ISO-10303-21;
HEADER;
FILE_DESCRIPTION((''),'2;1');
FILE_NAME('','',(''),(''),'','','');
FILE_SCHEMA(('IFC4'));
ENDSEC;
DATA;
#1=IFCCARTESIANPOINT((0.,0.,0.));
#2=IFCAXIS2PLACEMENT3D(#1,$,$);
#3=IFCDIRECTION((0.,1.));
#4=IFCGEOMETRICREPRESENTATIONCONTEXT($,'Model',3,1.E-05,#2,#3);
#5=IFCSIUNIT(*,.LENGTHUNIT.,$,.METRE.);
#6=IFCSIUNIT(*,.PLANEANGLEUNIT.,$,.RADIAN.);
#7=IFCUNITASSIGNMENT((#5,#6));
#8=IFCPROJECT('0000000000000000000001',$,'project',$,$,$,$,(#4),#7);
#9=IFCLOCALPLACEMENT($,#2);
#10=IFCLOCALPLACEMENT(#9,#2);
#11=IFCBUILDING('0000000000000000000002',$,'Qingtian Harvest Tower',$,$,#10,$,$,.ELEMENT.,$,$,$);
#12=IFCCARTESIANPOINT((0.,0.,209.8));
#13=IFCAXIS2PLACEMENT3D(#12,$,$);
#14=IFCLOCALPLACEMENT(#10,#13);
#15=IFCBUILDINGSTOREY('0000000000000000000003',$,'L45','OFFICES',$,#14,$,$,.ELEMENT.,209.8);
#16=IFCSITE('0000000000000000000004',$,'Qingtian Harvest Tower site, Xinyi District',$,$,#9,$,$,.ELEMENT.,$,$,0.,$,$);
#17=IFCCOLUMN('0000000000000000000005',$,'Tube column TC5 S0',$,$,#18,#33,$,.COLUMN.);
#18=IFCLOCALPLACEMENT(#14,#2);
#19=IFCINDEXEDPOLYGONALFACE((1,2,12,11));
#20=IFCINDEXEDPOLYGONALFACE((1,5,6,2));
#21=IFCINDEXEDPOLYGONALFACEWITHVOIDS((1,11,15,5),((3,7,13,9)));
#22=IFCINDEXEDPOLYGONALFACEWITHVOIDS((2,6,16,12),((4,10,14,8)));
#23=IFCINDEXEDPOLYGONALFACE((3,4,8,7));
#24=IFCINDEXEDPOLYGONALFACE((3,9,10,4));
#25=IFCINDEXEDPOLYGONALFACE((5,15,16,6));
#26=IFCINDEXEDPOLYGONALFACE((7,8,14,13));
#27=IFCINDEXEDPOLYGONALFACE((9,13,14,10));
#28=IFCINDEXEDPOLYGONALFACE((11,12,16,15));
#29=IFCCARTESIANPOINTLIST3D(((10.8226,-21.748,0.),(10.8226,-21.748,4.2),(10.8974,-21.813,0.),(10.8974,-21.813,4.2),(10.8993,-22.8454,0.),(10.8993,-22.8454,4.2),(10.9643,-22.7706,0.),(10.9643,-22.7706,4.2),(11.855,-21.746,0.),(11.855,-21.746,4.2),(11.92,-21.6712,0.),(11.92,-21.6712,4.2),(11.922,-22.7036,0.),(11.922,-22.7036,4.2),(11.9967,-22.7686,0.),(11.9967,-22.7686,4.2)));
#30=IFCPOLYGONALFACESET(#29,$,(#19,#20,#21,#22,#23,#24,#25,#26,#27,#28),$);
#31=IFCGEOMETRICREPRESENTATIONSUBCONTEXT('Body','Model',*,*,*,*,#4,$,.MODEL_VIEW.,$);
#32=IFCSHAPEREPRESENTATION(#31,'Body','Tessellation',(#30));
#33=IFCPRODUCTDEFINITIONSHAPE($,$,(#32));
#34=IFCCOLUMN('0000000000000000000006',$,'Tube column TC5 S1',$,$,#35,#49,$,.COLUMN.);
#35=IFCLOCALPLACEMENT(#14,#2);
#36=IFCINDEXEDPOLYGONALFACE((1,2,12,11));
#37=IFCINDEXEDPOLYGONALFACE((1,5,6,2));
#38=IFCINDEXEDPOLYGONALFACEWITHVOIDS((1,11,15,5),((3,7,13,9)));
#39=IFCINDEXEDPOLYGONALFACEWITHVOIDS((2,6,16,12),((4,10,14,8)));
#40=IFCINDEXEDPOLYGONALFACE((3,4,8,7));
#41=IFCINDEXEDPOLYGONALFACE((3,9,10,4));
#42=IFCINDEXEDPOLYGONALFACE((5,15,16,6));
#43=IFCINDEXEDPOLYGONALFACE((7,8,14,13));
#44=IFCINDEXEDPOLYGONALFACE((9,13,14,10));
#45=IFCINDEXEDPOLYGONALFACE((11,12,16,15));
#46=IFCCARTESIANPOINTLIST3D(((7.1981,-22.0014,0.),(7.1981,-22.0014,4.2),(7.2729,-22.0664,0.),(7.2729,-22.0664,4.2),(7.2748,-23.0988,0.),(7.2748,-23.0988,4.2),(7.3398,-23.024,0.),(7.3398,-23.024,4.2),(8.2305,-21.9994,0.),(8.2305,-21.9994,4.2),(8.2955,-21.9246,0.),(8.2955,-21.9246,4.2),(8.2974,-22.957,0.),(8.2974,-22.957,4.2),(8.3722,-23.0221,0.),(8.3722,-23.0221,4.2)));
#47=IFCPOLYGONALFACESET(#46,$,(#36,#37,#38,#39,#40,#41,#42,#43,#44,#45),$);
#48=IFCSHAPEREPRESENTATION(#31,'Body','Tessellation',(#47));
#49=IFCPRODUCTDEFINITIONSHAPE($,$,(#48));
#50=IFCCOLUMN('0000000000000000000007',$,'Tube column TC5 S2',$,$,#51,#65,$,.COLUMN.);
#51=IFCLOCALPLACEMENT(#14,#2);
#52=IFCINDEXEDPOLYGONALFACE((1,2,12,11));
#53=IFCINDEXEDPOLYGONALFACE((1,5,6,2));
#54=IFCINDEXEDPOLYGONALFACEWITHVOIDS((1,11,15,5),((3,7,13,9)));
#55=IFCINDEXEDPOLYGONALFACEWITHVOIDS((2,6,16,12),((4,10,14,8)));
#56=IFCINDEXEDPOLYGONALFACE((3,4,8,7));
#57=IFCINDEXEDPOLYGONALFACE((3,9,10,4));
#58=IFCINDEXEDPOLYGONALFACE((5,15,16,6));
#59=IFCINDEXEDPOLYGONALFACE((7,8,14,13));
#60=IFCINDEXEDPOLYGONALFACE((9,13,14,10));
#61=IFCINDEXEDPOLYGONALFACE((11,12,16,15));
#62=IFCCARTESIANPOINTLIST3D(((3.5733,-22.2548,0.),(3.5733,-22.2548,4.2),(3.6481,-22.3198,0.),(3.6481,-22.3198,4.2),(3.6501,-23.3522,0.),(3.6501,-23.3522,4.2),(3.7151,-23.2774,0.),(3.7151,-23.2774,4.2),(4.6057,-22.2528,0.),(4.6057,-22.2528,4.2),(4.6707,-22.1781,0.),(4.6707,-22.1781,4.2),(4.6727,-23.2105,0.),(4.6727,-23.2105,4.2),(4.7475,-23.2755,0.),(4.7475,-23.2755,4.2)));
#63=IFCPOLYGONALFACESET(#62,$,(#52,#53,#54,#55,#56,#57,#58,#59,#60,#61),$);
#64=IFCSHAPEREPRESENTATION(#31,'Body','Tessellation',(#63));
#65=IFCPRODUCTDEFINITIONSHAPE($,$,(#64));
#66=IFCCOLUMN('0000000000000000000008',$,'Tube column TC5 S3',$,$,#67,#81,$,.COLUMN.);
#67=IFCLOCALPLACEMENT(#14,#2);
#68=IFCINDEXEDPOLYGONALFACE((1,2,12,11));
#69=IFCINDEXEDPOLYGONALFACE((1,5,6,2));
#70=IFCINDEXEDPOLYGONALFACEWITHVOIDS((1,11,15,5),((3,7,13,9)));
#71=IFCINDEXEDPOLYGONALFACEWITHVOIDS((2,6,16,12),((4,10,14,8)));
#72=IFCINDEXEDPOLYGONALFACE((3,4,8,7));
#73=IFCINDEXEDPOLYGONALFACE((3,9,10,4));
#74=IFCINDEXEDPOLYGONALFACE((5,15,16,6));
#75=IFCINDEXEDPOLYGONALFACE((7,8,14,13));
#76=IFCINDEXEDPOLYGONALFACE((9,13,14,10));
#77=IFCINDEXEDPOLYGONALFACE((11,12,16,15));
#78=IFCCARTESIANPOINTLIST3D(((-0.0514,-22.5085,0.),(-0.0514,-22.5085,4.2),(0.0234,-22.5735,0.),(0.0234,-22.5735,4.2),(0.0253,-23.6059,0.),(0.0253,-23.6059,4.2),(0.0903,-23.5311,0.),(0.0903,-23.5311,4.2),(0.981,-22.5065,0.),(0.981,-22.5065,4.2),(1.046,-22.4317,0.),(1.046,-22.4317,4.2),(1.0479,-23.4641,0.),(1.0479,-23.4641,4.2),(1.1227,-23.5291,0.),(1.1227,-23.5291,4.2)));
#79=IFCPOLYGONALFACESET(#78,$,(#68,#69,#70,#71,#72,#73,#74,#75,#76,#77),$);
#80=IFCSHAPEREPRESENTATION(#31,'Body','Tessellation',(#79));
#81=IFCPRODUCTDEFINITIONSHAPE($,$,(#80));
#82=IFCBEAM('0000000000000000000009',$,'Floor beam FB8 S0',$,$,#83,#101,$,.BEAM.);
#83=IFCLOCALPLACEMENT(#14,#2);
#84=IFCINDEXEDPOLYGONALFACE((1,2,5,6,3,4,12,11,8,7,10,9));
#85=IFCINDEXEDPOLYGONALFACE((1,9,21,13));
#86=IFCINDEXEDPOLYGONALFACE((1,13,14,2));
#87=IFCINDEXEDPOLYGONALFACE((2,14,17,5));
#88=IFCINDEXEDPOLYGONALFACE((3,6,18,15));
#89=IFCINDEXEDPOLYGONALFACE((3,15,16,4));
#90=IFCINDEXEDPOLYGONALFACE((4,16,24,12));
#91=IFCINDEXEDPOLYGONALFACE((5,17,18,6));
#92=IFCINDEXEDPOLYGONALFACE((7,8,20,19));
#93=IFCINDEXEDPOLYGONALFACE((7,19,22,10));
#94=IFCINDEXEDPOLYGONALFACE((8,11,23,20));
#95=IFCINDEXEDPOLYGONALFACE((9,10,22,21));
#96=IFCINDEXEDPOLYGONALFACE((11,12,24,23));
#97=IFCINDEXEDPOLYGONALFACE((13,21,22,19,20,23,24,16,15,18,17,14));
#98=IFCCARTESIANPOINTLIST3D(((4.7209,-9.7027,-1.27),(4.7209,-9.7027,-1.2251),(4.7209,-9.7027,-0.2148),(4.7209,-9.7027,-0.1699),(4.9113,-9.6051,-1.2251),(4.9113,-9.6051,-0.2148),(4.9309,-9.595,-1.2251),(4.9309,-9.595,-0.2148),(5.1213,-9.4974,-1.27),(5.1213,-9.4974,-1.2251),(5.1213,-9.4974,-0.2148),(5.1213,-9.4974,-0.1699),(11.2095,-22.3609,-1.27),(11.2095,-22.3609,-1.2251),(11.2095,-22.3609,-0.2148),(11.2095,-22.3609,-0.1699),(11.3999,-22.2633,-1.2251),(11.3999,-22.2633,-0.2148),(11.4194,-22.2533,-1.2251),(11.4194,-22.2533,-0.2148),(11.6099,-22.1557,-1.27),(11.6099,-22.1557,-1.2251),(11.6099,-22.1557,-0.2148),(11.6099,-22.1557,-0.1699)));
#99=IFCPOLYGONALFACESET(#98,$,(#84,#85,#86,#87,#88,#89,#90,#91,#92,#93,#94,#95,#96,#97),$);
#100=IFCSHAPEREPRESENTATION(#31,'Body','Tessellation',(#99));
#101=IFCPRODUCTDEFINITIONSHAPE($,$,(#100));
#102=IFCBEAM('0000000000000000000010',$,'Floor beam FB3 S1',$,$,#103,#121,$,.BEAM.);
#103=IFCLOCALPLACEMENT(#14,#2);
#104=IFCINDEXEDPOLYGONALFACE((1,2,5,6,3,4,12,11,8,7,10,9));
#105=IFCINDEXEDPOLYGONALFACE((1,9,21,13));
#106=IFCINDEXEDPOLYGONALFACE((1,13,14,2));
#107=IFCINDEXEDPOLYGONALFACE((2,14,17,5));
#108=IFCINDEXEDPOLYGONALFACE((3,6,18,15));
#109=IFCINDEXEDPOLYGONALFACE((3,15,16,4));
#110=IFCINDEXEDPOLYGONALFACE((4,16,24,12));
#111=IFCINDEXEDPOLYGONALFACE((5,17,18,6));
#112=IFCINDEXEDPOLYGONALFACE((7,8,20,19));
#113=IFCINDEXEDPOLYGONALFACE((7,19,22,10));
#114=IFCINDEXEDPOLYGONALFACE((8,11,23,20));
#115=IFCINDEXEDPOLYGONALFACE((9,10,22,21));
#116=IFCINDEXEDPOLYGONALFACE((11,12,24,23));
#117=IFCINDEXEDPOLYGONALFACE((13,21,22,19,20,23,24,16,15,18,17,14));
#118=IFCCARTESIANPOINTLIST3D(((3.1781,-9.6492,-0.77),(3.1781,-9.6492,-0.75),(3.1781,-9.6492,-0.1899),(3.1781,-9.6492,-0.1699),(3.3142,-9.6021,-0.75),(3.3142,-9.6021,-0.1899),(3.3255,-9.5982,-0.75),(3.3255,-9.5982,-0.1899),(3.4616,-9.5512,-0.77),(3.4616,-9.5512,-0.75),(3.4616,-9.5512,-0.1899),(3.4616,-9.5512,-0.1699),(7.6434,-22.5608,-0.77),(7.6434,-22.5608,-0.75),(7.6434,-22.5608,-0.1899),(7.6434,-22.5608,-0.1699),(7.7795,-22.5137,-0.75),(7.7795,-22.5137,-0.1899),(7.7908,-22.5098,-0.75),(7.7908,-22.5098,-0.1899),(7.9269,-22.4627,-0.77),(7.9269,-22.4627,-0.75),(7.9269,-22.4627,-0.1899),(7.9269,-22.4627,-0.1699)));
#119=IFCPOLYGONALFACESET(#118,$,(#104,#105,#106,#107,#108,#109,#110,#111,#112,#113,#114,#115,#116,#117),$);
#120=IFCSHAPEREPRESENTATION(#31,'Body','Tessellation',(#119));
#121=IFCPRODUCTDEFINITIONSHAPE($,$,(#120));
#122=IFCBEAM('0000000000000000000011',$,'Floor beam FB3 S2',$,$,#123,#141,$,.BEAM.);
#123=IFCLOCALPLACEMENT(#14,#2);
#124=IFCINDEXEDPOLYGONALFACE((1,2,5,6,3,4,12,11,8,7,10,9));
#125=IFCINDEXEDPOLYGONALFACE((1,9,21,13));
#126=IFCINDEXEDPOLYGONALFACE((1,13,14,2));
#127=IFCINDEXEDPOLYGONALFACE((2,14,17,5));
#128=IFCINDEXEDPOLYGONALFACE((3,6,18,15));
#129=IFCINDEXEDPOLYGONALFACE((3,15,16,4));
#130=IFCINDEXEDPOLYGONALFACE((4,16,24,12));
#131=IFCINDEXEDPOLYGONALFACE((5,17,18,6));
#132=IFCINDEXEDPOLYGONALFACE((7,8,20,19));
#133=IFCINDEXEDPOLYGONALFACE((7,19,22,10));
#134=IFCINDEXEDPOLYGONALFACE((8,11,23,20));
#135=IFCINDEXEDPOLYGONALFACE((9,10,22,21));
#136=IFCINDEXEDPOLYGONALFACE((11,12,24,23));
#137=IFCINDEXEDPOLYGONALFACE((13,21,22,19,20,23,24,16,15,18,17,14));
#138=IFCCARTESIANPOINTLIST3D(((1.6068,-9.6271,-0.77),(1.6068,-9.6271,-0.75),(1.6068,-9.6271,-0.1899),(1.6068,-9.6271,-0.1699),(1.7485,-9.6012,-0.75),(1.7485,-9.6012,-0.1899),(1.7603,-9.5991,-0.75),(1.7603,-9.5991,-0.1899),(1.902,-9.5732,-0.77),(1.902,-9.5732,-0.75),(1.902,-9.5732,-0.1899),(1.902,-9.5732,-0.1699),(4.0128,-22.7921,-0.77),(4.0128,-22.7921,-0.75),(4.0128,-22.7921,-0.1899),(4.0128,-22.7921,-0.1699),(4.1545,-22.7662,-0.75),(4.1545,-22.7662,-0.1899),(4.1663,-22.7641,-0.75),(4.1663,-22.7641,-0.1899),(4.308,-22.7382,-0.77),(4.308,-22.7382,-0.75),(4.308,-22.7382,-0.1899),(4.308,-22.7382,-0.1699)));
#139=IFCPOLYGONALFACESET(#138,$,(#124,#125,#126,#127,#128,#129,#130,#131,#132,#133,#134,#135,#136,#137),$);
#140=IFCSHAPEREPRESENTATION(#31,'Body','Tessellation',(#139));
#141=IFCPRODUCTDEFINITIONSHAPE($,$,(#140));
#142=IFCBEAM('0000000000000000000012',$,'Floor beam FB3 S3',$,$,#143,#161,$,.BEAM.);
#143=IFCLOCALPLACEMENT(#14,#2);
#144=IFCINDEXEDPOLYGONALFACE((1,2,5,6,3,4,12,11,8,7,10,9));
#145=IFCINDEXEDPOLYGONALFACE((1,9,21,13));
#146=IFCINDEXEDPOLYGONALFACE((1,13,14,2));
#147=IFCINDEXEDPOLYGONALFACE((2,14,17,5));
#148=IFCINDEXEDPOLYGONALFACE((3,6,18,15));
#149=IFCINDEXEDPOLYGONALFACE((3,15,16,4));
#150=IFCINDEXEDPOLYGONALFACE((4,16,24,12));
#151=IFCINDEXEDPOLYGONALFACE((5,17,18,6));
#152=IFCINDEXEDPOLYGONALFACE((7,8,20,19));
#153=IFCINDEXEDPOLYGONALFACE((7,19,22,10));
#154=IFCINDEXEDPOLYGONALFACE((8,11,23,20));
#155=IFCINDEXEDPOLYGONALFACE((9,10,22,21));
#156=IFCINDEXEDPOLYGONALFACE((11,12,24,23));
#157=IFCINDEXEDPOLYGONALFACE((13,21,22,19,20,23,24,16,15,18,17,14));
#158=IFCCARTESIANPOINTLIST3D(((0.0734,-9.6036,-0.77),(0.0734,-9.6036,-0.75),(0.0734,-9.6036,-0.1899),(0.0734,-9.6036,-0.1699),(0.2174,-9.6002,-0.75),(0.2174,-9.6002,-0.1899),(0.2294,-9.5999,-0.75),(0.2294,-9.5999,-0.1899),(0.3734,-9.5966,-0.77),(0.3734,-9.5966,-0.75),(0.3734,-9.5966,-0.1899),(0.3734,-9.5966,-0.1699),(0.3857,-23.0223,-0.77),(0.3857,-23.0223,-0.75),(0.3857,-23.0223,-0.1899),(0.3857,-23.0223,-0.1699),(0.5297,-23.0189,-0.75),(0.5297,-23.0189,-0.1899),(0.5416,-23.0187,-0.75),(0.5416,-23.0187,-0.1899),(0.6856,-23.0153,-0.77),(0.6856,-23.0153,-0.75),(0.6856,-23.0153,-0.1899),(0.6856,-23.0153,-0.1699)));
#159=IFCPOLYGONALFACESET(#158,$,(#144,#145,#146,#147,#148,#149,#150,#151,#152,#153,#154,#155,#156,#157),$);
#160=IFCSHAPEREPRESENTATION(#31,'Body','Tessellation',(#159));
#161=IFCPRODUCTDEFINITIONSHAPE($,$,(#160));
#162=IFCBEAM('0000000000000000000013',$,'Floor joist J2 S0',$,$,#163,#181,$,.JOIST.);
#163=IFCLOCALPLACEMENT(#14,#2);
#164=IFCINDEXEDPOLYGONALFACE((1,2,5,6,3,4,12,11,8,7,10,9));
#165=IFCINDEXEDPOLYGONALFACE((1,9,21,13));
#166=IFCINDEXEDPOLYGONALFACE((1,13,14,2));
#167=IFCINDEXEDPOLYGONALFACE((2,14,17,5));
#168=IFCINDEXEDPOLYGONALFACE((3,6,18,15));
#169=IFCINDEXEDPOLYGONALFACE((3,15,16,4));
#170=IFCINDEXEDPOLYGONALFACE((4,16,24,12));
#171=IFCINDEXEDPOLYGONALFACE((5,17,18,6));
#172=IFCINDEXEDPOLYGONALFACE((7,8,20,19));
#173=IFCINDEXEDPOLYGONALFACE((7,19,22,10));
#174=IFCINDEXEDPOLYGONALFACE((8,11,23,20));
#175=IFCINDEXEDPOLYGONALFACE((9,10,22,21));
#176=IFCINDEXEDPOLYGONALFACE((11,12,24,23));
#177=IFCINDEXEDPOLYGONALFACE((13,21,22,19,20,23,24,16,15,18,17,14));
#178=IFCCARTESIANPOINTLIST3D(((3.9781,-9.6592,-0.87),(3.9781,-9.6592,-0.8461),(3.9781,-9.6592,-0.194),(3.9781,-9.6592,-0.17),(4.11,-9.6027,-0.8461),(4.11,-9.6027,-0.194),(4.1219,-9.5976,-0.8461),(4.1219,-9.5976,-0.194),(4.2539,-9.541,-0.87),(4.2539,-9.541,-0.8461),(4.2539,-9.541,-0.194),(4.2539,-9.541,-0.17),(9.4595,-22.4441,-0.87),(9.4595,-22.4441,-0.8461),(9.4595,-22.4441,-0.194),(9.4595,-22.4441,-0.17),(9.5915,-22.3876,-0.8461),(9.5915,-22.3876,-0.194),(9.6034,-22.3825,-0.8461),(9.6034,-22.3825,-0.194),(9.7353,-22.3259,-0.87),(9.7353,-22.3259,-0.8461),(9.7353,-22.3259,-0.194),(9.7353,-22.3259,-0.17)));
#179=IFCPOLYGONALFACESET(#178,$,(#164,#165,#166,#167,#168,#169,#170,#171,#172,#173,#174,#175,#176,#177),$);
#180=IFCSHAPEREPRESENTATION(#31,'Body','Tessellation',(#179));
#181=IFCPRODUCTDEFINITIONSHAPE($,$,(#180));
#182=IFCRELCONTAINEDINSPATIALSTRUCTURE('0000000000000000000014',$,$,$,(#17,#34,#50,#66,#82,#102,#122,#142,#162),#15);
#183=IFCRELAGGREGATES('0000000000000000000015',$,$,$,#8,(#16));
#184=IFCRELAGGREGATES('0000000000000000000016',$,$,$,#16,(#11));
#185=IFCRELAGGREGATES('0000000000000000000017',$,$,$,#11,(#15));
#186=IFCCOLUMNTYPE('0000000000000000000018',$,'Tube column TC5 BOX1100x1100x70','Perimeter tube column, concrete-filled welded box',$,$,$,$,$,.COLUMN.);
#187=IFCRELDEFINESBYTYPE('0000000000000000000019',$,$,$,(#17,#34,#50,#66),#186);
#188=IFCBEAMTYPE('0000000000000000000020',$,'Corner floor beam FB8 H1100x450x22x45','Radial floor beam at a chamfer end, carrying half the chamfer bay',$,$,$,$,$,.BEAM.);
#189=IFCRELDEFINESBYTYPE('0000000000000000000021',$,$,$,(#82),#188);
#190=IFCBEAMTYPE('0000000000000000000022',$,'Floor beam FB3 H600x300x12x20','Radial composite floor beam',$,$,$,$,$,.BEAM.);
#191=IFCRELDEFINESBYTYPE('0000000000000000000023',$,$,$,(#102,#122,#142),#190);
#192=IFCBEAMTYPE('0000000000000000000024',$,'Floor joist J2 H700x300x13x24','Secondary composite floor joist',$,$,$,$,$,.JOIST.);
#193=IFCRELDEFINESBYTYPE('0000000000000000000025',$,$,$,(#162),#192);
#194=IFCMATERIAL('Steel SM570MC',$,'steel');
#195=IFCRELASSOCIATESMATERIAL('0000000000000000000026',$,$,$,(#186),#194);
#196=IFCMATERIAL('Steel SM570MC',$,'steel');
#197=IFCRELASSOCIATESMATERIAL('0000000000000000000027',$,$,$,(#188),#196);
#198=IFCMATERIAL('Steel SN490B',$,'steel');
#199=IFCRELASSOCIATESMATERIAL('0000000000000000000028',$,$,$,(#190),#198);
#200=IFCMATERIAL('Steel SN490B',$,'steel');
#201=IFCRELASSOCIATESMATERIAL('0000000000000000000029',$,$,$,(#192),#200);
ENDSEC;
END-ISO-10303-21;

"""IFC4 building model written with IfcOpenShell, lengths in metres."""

from ifc_helpers import new_model, si_unit, direction, frame, origin, origin_2d, place, context, subcontext, project, spatial, hollow_rectangle, i_section, extrude, material, material_profile, profile_set, type_object, element, save


model = new_model("IFC4")

# Units and contexts
model_context = context("Model", 3, precision=1e-05, world=origin(), true_north=direction((0.0, 1.0)))
body_context = subcontext(model_context, "Body", "Model", "MODEL_VIEW")
ifc_project = project(units=[si_unit("LENGTHUNIT", "METRE"), si_unit("PLANEANGLEUNIT", "RADIAN")], contexts=[model_context])

# Site, building, storey
site_placement = place(None, origin())
site = spatial("IfcSite", under=ifc_project, at=site_placement, Name="Qingtian Harvest Tower site, Xinyi District", CompositionType="ELEMENT", RefElevation=0.0)
building_placement = place(site_placement, origin())
building = spatial("IfcBuilding", under=site, at=building_placement, Name="Qingtian Harvest Tower", CompositionType="ELEMENT")
storey_placement = place(building_placement, frame((0.0, 0.0, 209.8)))
storey = spatial("IfcBuildingStorey", under=building, at=storey_placement, Name="L45", Description="OFFICES", CompositionType="ELEMENT", Elevation=209.8)

# Columns
ifc_material_1 = material(Name="Steel SM570MC", Category="steel")
ifc_material_profile_1 = material_profile(ifc_material_1, hollow_rectangle(XDim=1.1001, YDim=1.1001, WallThickness=0.0701, at=origin_2d()), Name="BOX1100x1100x70")
ifc_profile_set_1 = profile_set([ifc_material_profile_1], Name="Steel SM570MC")
column_type = type_object("IfcColumnType", Name="Tube column TC5 BOX1100x1100x70", Description="Perimeter tube column, concrete-filled welded box", PredefinedType="COLUMN", material=ifc_profile_set_1)
for number, where, z_axis, x_axis, name in (
    (1, (11.4097, -22.2583, 0.0), (0.0, 0.0, 1.0), (0.997564, 0.069756, 0.0), "Tube column TC5 S0"),
    (2, (7.7852, -22.5117, 0.0), (0.0, 0.0, 1.0), (0.997564, 0.069756, 0.0), "Tube column TC5 S1"),
    (3, (4.1604, -22.7651, 0.0), (0.0, 0.0, 1.0), (0.997564, 0.069756, 0.0), "Tube column TC5 S2"),
    (4, (0.5356, -23.0188, 0.0), (0.0, 0.0, 1.0), (0.997564, 0.069756, 0.0), "Tube column TC5 S3"),
):
    element("IfcColumn", number, at=place(storey_placement, frame(where, z_axis=z_axis, x_axis=x_axis)), inside=storey, type_object=column_type, Name=name, PredefinedType="COLUMN", context=body_context, shape_type="SweptSolid", body=[
        extrude(hollow_rectangle(XDim=1.1001, YDim=1.1001, WallThickness=0.0701, at=origin_2d()), origin(), (0.0, 0.0, 1.0), 4.2),
    ])

# Beams
ifc_material_2 = material(Name="Steel SM570MC", Category="steel")
ifc_material_profile_2 = material_profile(ifc_material_2, i_section(OverallWidth=0.45, OverallDepth=1.1001, WebThickness=0.022, FlangeThickness=0.0449, at=origin_2d()), Name="H1100x450x22x45")
ifc_profile_set_2 = profile_set([ifc_material_profile_2], Name="Steel SM570MC")
beam_type_1 = type_object("IfcBeamType", Name="Corner floor beam FB8 H1100x450x22x45", Description="Radial floor beam at a chamfer end, carrying half the chamfer bay", PredefinedType="BEAM", material=ifc_profile_set_2)
beam_1_placement = place(storey_placement, frame((11.4097, -22.2583, -0.72), z_axis=(-0.456157, 0.889899, 0.0), x_axis=(-0.889899, -0.456157, 0.0)))
element("IfcBeam", 5, at=beam_1_placement, inside=storey, type_object=beam_type_1, Name="Floor beam FB8 S0", PredefinedType="BEAM", context=body_context, shape_type="SweptSolid", body=[
    extrude(i_section(OverallWidth=0.45, OverallDepth=1.1001, WebThickness=0.022, FlangeThickness=0.0449, at=origin_2d()), origin(), (0.0, 0.0, 1.0), 14.2244),
])
ifc_material_3 = material(Name="Steel SN490B", Category="steel")
ifc_material_profile_3 = material_profile(ifc_material_3, i_section(OverallWidth=0.3, OverallDepth=0.6001, WebThickness=0.012, FlangeThickness=0.02, at=origin_2d()), Name="H600x300x12x20")
ifc_profile_set_3 = profile_set([ifc_material_profile_3], Name="Steel SN490B")
beam_type_2 = type_object("IfcBeamType", Name="Floor beam FB3 H600x300x12x20", Description="Radial composite floor beam", PredefinedType="BEAM", material=ifc_profile_set_3)
beam_2_placement = place(storey_placement, frame((7.7852, -22.5117, -0.47), z_axis=(-0.326844, 0.945078, 0.0), x_axis=(-0.945078, -0.326844, 0.0)))
element("IfcBeam", 6, at=beam_2_placement, inside=storey, type_object=beam_type_2, Name="Floor beam FB3 S1", PredefinedType="BEAM", context=body_context, shape_type="SweptSolid", body=[
    extrude(i_section(OverallWidth=0.3, OverallDepth=0.6001, WebThickness=0.012, FlangeThickness=0.02, at=origin_2d()), origin(), (0.0, 0.0, 1.0), 13.6619),
])
beam_3_placement = place(storey_placement, frame((4.1604, -22.7651, -0.47), z_axis=(-0.17978, 0.983707, 0.0), x_axis=(-0.983707, -0.17978, 0.0)))
element("IfcBeam", 7, at=beam_3_placement, inside=storey, type_object=beam_type_2, Name="Floor beam FB3 S2", PredefinedType="BEAM", context=body_context, shape_type="SweptSolid", body=[
    extrude(i_section(OverallWidth=0.3, OverallDepth=0.6001, WebThickness=0.012, FlangeThickness=0.02, at=origin_2d()), origin(), (0.0, 0.0, 1.0), 13.3831),
])
beam_4_placement = place(storey_placement, frame((0.5356, -23.0188, -0.47), z_axis=(-0.023264, 0.999729, 0.0), x_axis=(-0.999729, -0.023264, 0.0)))
element("IfcBeam", 8, at=beam_4_placement, inside=storey, type_object=beam_type_2, Name="Floor beam FB3 S3", PredefinedType="BEAM", context=body_context, shape_type="SweptSolid", body=[
    extrude(i_section(OverallWidth=0.3, OverallDepth=0.6001, WebThickness=0.012, FlangeThickness=0.02, at=origin_2d()), origin(), (0.0, 0.0, 1.0), 13.4224),
])
ifc_material_4 = material(Name="Steel SN490B", Category="steel")
ifc_material_profile_4 = material_profile(ifc_material_4, i_section(OverallWidth=0.3, OverallDepth=0.7, WebThickness=0.0129, FlangeThickness=0.0239, at=origin_2d()), Name="H700x300x13x24")
ifc_profile_set_4 = profile_set([ifc_material_profile_4], Name="Steel SN490B")
beam_type_3 = type_object("IfcBeamType", Name="Floor joist J2 H700x300x13x24", Description="Secondary composite floor joist", PredefinedType="JOIST", material=ifc_profile_set_4)
beam_5_placement = place(storey_placement, frame((9.5974, -22.385, -0.52), z_axis=(-0.394053, 0.919088, 0.0), x_axis=(-0.919088, -0.394053, 0.0)))
element("IfcBeam", 9, at=beam_5_placement, inside=storey, type_object=beam_type_3, Name="Floor joist J2 S0", PredefinedType="JOIST", context=body_context, shape_type="SweptSolid", body=[
    extrude(i_section(OverallWidth=0.3, OverallDepth=0.7, WebThickness=0.0129, FlangeThickness=0.0239, at=origin_2d()), origin(), (0.0, 0.0, 1.0), 13.9104),
])

save(model, "model.ifc")
